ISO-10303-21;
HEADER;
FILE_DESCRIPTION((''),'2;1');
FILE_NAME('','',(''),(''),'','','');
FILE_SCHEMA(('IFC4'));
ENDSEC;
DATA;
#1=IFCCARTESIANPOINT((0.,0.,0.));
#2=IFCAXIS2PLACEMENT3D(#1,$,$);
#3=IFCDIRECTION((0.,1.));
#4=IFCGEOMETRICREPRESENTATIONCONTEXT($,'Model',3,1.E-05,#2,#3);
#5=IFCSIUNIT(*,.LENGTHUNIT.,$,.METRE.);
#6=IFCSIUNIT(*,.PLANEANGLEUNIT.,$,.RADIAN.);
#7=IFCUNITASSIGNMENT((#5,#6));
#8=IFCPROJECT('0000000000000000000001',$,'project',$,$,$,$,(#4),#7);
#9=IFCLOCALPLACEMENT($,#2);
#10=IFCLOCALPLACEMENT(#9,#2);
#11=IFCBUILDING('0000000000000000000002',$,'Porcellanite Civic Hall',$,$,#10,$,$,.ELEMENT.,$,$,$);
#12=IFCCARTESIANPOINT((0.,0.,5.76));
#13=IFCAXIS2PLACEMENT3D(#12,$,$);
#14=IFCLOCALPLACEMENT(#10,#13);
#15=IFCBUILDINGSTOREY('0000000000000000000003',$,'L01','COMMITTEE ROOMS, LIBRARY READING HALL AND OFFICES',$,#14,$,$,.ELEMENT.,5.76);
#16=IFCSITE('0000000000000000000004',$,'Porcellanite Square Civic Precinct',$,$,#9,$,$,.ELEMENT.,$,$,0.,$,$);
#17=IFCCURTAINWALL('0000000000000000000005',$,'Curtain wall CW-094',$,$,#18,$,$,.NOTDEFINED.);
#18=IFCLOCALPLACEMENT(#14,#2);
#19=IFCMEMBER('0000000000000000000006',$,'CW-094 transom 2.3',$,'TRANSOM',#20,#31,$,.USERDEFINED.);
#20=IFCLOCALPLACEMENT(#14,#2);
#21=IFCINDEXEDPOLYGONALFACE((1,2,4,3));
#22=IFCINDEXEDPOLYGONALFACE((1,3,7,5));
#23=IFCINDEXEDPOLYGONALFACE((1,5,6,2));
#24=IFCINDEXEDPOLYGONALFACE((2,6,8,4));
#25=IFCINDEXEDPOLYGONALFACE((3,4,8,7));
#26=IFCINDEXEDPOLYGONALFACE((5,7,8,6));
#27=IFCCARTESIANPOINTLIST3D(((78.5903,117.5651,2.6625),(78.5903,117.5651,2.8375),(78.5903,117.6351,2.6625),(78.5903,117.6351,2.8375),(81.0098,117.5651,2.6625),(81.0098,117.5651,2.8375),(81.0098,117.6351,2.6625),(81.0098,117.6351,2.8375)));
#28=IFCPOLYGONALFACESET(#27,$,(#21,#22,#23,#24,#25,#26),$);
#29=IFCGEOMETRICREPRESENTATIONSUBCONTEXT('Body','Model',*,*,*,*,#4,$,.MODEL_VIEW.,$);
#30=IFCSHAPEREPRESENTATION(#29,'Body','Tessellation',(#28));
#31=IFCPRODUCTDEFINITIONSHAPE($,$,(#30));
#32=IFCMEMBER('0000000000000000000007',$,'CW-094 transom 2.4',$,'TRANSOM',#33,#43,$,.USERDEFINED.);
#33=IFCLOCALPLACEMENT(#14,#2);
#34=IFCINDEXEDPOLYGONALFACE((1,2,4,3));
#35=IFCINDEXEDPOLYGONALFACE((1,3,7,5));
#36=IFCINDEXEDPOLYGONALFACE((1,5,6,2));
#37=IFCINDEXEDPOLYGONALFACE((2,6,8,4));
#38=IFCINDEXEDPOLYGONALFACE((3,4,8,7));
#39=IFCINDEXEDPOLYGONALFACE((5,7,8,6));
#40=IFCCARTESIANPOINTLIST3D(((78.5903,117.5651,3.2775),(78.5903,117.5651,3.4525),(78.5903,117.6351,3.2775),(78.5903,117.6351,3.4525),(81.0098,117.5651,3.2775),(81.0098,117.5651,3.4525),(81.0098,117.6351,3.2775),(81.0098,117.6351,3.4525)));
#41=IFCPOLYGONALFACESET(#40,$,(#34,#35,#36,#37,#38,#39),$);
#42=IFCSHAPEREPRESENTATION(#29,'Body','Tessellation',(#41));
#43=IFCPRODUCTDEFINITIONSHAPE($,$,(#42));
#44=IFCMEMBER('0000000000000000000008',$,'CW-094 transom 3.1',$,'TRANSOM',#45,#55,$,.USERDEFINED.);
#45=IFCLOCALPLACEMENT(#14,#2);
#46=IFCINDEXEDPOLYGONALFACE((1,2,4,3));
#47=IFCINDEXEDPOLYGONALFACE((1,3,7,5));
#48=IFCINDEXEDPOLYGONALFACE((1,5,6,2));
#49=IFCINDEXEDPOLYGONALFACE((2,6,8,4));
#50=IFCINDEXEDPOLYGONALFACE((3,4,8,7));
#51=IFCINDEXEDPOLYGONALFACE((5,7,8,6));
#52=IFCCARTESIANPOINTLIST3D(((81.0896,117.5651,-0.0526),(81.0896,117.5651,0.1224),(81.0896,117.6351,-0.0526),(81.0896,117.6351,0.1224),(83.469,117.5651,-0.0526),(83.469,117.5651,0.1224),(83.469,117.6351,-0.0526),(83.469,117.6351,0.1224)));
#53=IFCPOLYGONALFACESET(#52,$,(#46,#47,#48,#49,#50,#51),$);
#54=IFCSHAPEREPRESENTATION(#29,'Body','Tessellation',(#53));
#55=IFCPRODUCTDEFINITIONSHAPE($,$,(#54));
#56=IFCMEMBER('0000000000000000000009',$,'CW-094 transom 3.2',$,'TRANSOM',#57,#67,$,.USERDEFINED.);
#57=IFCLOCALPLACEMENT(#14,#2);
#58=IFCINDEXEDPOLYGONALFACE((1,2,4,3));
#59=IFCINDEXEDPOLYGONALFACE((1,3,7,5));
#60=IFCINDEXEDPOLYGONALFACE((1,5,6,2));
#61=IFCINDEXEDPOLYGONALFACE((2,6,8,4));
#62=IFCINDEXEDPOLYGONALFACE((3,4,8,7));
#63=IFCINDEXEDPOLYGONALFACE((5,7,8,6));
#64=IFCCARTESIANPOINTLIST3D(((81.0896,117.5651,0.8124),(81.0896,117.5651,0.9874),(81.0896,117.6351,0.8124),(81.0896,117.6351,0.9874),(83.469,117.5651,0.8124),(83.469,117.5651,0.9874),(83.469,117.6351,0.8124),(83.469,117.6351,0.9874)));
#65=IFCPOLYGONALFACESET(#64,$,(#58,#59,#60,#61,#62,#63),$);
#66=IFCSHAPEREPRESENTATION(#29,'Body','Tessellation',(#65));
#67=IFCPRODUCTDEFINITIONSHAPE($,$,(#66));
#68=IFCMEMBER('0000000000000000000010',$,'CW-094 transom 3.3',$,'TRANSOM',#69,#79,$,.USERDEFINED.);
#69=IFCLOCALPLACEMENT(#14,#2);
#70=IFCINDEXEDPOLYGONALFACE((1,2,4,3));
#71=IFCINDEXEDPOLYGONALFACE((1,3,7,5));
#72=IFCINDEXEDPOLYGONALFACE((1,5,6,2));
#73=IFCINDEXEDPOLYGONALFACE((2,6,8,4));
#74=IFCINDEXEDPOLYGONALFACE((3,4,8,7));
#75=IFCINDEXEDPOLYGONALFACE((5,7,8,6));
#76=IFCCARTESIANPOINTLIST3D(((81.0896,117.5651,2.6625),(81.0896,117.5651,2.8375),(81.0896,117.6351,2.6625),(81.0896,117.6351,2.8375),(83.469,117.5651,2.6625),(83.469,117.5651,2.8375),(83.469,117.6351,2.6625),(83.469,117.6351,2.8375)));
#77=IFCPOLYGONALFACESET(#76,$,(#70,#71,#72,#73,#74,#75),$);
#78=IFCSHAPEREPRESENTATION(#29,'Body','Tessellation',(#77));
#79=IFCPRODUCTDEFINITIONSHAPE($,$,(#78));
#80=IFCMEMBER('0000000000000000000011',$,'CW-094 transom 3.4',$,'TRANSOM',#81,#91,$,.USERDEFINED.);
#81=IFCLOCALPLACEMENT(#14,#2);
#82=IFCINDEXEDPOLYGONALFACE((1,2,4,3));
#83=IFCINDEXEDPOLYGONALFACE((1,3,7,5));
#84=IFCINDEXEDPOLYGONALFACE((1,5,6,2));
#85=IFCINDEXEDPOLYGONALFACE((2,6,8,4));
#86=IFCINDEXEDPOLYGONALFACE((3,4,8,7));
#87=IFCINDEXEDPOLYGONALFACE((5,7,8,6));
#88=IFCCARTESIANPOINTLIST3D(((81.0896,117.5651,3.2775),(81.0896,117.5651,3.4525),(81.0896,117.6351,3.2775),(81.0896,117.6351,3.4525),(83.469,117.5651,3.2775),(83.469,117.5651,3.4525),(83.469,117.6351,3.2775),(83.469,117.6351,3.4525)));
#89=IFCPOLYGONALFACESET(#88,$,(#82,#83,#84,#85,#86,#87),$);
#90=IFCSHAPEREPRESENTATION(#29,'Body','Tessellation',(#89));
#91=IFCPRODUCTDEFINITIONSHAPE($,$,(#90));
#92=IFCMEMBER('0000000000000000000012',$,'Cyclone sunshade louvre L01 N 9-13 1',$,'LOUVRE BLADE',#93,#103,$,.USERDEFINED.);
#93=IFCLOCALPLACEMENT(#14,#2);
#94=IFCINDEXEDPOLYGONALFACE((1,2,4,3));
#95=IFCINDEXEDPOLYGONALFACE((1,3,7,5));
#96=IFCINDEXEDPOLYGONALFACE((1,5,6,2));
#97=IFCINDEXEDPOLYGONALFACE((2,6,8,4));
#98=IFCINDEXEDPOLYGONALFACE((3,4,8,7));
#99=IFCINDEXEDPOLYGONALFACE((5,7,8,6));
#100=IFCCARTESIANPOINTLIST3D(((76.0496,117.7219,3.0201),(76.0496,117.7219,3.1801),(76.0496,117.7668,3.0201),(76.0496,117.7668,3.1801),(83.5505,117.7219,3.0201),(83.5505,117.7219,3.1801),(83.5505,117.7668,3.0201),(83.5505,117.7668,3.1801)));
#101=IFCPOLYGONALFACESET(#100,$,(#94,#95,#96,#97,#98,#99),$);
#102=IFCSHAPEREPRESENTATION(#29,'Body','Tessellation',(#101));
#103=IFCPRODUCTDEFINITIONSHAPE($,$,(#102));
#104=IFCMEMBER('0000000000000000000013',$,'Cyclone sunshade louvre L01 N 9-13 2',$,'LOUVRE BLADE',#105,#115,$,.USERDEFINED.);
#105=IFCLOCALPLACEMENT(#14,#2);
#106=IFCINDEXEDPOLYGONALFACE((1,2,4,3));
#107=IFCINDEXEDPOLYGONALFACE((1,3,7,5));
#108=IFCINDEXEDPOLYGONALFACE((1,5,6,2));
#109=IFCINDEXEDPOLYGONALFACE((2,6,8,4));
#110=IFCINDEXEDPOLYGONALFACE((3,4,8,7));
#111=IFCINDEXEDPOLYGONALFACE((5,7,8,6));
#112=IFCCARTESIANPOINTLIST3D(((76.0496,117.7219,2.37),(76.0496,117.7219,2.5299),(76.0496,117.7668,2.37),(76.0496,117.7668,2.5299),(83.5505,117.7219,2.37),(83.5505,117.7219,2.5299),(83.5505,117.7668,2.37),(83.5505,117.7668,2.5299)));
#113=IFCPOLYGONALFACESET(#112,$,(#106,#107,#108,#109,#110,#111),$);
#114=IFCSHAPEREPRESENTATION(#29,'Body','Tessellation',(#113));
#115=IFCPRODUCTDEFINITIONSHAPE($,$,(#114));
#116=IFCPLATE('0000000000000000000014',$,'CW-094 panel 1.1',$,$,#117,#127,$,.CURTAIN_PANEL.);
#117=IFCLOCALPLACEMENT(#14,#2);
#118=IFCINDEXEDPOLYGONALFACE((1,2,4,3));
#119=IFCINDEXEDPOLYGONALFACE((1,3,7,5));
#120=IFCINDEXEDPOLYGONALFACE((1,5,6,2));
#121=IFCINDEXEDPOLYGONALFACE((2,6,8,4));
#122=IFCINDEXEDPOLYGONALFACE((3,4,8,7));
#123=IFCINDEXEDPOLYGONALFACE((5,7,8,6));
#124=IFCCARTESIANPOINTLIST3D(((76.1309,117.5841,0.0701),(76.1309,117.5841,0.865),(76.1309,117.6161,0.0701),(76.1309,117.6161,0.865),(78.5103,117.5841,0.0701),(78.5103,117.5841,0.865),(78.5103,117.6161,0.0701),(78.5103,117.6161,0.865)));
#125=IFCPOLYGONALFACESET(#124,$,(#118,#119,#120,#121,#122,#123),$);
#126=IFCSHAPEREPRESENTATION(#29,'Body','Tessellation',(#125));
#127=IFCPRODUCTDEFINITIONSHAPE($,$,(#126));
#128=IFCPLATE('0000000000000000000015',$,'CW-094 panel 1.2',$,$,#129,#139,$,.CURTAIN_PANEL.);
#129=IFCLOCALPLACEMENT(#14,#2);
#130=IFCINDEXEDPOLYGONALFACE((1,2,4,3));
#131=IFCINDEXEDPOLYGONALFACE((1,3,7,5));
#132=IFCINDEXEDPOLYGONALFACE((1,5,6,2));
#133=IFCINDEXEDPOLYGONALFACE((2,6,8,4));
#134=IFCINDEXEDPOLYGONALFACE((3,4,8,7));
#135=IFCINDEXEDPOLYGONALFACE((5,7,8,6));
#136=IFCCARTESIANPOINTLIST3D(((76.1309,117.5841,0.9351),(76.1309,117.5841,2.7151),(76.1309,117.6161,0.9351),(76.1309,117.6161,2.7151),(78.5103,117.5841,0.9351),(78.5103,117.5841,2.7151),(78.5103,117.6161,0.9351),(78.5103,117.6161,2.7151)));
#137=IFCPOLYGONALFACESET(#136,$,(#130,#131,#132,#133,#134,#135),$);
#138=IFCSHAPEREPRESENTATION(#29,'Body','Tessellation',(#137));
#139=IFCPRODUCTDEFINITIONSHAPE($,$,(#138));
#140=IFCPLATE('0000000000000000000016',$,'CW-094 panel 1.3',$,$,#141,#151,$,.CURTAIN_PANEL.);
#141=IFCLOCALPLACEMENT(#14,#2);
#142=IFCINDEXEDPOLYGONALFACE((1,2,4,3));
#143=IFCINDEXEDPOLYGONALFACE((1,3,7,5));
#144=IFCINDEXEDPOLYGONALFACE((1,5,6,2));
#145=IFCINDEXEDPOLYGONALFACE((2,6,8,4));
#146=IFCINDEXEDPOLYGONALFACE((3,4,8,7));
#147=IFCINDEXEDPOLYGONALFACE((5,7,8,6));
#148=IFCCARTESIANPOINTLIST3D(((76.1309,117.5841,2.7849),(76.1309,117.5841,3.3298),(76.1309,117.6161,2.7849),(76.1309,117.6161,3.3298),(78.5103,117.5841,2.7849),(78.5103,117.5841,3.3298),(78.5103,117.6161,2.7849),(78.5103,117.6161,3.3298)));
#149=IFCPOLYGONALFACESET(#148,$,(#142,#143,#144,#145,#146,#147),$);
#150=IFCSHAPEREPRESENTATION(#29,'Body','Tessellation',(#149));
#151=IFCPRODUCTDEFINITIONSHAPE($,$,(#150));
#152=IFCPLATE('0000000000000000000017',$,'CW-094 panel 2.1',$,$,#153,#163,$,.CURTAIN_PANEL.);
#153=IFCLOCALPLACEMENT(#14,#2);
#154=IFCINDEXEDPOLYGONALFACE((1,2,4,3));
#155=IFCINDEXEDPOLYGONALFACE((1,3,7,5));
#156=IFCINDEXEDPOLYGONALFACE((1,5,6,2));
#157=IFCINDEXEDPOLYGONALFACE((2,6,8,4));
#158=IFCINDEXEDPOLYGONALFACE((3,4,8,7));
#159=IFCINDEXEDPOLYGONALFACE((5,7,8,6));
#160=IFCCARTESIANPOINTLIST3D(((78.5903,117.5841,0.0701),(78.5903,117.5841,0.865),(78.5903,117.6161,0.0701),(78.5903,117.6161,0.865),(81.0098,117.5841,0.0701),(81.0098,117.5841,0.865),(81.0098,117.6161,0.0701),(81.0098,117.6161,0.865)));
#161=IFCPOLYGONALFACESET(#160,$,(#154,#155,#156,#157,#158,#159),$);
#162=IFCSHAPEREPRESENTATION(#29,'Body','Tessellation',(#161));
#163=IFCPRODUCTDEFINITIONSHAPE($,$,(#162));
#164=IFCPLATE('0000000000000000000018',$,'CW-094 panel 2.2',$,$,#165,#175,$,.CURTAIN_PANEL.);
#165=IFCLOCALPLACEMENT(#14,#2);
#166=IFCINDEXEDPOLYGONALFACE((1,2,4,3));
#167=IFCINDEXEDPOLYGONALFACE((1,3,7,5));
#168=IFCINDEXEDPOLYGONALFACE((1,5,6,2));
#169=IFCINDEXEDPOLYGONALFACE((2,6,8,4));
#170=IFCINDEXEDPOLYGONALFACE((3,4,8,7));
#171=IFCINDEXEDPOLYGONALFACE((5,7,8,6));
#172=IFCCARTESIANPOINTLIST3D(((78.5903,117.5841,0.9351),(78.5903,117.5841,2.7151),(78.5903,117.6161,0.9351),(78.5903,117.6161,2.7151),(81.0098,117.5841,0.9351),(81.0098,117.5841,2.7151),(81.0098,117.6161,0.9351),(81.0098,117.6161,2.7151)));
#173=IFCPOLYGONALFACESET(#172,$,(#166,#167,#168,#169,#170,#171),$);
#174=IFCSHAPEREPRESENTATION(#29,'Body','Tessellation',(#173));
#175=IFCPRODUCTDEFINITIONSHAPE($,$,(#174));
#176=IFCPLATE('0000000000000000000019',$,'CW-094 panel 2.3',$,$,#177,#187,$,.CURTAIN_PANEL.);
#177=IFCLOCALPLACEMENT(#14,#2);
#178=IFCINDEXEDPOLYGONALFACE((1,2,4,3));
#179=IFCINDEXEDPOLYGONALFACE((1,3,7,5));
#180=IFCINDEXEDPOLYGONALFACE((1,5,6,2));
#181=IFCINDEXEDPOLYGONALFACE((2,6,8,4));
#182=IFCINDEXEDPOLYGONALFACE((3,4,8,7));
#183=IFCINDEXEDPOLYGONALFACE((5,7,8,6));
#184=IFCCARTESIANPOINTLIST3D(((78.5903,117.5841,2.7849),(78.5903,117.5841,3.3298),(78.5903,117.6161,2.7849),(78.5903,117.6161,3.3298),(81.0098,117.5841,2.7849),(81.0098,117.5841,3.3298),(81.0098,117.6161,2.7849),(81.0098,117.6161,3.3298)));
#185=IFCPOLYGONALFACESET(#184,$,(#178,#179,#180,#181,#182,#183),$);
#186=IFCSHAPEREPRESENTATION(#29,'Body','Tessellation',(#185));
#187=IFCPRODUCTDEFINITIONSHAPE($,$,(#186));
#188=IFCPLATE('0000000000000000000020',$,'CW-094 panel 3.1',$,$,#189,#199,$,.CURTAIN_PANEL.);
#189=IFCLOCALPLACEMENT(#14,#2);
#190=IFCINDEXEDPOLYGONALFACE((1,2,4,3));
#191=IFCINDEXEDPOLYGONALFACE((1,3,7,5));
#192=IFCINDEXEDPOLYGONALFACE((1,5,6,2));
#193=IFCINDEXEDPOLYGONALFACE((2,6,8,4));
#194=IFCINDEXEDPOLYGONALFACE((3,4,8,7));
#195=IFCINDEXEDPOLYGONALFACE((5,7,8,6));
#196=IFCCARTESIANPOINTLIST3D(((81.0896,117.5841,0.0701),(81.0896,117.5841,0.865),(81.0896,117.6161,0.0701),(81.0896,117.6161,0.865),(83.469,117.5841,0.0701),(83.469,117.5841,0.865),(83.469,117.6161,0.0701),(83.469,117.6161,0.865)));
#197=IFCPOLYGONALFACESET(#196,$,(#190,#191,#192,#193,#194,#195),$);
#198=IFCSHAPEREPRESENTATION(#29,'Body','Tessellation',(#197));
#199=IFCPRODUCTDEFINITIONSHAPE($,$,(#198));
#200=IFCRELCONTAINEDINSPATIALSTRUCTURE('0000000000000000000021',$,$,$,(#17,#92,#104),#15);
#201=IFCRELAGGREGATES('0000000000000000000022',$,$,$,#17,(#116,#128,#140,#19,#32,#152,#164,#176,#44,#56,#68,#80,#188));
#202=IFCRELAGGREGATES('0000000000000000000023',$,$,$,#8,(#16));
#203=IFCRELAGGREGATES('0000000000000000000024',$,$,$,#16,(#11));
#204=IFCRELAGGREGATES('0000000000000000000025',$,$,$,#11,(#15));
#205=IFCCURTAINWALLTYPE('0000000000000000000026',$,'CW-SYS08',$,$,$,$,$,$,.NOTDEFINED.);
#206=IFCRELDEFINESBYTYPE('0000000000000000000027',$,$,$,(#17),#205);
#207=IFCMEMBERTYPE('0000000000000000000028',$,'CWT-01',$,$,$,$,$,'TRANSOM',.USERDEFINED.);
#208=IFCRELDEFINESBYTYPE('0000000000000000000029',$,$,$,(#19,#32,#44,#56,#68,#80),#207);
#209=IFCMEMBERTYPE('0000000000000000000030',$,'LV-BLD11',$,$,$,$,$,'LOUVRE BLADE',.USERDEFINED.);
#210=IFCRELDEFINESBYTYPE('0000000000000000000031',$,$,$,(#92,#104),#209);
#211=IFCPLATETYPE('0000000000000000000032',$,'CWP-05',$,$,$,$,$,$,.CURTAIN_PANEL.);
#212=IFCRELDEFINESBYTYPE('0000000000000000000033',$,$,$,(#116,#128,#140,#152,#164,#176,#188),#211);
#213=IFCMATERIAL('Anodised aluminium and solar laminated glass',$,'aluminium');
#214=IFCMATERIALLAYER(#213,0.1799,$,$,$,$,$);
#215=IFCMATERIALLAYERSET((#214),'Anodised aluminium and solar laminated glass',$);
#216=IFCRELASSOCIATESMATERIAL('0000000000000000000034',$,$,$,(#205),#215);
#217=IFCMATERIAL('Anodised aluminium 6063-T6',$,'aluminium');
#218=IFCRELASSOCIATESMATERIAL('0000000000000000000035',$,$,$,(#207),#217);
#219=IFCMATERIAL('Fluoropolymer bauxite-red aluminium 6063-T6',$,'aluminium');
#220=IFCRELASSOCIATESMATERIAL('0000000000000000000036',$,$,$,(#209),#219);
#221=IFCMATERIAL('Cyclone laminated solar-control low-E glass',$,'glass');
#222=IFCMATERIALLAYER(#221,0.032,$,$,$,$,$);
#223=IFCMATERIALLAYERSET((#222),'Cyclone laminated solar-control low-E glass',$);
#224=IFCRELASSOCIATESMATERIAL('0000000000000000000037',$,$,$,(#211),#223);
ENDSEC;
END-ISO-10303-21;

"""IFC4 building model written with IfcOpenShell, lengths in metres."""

from ifc_helpers import new_model, si_unit, direction, frame, origin, origin_2d, place, context, subcontext, project, spatial, rectangle, extrude, material, layer, layer_set, material_profile, profile_set, type_object, element, aggregate, save


model = new_model("IFC4")

# Units and contexts
model_context = context("Model", 3, precision=1e-05, world=origin(), true_north=direction((0.0, 1.0)))
body_context = subcontext(model_context, "Body", "Model", "MODEL_VIEW")
ifc_project = project(units=[si_unit("LENGTHUNIT", "METRE"), si_unit("PLANEANGLEUNIT", "RADIAN")], contexts=[model_context])

# Site, building, storey
site_placement = place(None, origin())
site = spatial("IfcSite", under=ifc_project, at=site_placement, Name="Porcellanite Square Civic Precinct", CompositionType="ELEMENT", RefElevation=0.0)
building_placement = place(site_placement, origin())
building = spatial("IfcBuilding", under=site, at=building_placement, Name="Porcellanite Civic Hall", CompositionType="ELEMENT")
storey_placement = place(building_placement, frame((0.0, 0.0, 5.76)))
storey = spatial("IfcBuildingStorey", under=building, at=storey_placement, Name="L01", Description="COMMITTEE ROOMS, LIBRARY READING HALL AND OFFICES", CompositionType="ELEMENT", Elevation=5.76)

# Curtain wall, members
ifc_material_1 = material(Name="Anodised aluminium and solar laminated glass", Category="aluminium")
ifc_layer_1 = layer(ifc_material_1, 0.1799)
ifc_layer_set_1 = layer_set([ifc_layer_1], Name="Anodised aluminium and solar laminated glass")
curtain_wall_type = type_object("IfcCurtainWallType", Name="CW-SYS08", PredefinedType="NOTDEFINED", material=ifc_layer_set_1)
curtain_wall_placement = place(storey_placement, origin())
curtain_wall = element("IfcCurtainWall", 1, at=curtain_wall_placement, inside=storey, type_object=curtain_wall_type, Name="Curtain wall CW-094", PredefinedType="NOTDEFINED")
ifc_material_2 = material(Name="Anodised aluminium 6063-T6", Category="aluminium")
ifc_material_profile_1 = material_profile(ifc_material_2, rectangle(XDim=0.0701, YDim=0.175, at=origin_2d()), Name="AL-70x175")
ifc_profile_set_1 = profile_set([ifc_material_profile_1], Name="Anodised aluminium 6063-T6")
member_type_1 = type_object("IfcMemberType", Name="CWT-01", ElementType="TRANSOM", PredefinedType="USERDEFINED", material=ifc_profile_set_1)
member_1_placement = place(storey_placement, frame((78.5903, 117.6001, 2.75), z_axis=(1.0, 0.0, 0.0), x_axis=(0.0, 1.0, 0.0)))
member_1 = element("IfcMember", 2, at=member_1_placement, type_object=member_type_1, Name="CW-094 transom 2.3", ObjectType="TRANSOM", PredefinedType="USERDEFINED", context=body_context, shape_type="SweptSolid", body=[
    extrude(rectangle(XDim=0.0701, YDim=0.175, at=origin_2d()), origin(), (0.0, 0.0, 1.0), 2.4194),
])
member_2_placement = place(storey_placement, frame((78.5903, 117.6001, 3.365), z_axis=(1.0, 0.0, 0.0), x_axis=(0.0, 1.0, 0.0)))
member_2 = element("IfcMember", 3, at=member_2_placement, type_object=member_type_1, Name="CW-094 transom 2.4", ObjectType="TRANSOM", PredefinedType="USERDEFINED", context=body_context, shape_type="SweptSolid", body=[
    extrude(rectangle(XDim=0.0701, YDim=0.175, at=origin_2d()), origin(), (0.0, 0.0, 1.0), 2.4194),
])
member_3_placement = place(storey_placement, frame((81.0896, 117.6001, 0.0349), z_axis=(1.0, 0.0, 0.0), x_axis=(0.0, 1.0, 0.0)))
member_3 = element("IfcMember", 4, at=member_3_placement, type_object=member_type_1, Name="CW-094 transom 3.1", ObjectType="TRANSOM", PredefinedType="USERDEFINED", context=body_context, shape_type="SweptSolid", body=[
    extrude(rectangle(XDim=0.0701, YDim=0.175, at=origin_2d()), origin(), (0.0, 0.0, 1.0), 2.3794),
])
member_4_placement = place(storey_placement, frame((81.0896, 117.6001, 0.8999), z_axis=(1.0, 0.0, 0.0), x_axis=(0.0, 1.0, 0.0)))
member_4 = element("IfcMember", 5, at=member_4_placement, type_object=member_type_1, Name="CW-094 transom 3.2", ObjectType="TRANSOM", PredefinedType="USERDEFINED", context=body_context, shape_type="SweptSolid", body=[
    extrude(rectangle(XDim=0.0701, YDim=0.175, at=origin_2d()), origin(), (0.0, 0.0, 1.0), 2.3794),
])
member_5_placement = place(storey_placement, frame((81.0896, 117.6001, 2.75), z_axis=(1.0, 0.0, 0.0), x_axis=(0.0, 1.0, 0.0)))
member_5 = element("IfcMember", 6, at=member_5_placement, type_object=member_type_1, Name="CW-094 transom 3.3", ObjectType="TRANSOM", PredefinedType="USERDEFINED", context=body_context, shape_type="SweptSolid", body=[
    extrude(rectangle(XDim=0.0701, YDim=0.175, at=origin_2d()), origin(), (0.0, 0.0, 1.0), 2.3794),
])
member_6_placement = place(storey_placement, frame((81.0896, 117.6001, 3.365), z_axis=(1.0, 0.0, 0.0), x_axis=(0.0, 1.0, 0.0)))
member_6 = element("IfcMember", 7, at=member_6_placement, type_object=member_type_1, Name="CW-094 transom 3.4", ObjectType="TRANSOM", PredefinedType="USERDEFINED", context=body_context, shape_type="SweptSolid", body=[
    extrude(rectangle(XDim=0.0701, YDim=0.175, at=origin_2d()), origin(), (0.0, 0.0, 1.0), 2.3794),
])

# Members
ifc_material_3 = material(Name="Fluoropolymer bauxite-red aluminium 6063-T6", Category="aluminium")
ifc_material_profile_2 = material_profile(ifc_material_3, rectangle(XDim=0.0449, YDim=0.1599, at=origin_2d()), Name="AL-45x160")
ifc_profile_set_2 = profile_set([ifc_material_profile_2], Name="Fluoropolymer bauxite-red aluminium 6063-T6")
member_type_2 = type_object("IfcMemberType", Name="LV-BLD11", ElementType="LOUVRE BLADE", PredefinedType="USERDEFINED", material=ifc_profile_set_2)
for number, where, z_axis, x_axis, name in (
    (8, (76.0496, 117.7444, 3.1001), (1.0, 0.0, 0.0), (0.0, 1.0, 0.0), "Cyclone sunshade louvre L01 N 9-13 1"),
    (9, (76.0496, 117.7444, 2.45), (1.0, 0.0, 0.0), (0.0, 1.0, 0.0), "Cyclone sunshade louvre L01 N 9-13 2"),
):
    element("IfcMember", number, at=place(storey_placement, frame(where, z_axis=z_axis, x_axis=x_axis)), inside=storey, type_object=member_type_2, Name=name, ObjectType="LOUVRE BLADE", PredefinedType="USERDEFINED", context=body_context, shape_type="SweptSolid", body=[
        extrude(rectangle(XDim=0.0449, YDim=0.1599, at=origin_2d()), origin(), (0.0, 0.0, 1.0), 7.501),
    ])

# Plates
ifc_material_4 = material(Name="Cyclone laminated solar-control low-E glass", Category="glass")
ifc_layer_2 = layer(ifc_material_4, 0.032)
ifc_layer_set_2 = layer_set([ifc_layer_2], Name="Cyclone laminated solar-control low-E glass")
plate_type = type_object("IfcPlateType", Name="CWP-05", PredefinedType="CURTAIN_PANEL", material=ifc_layer_set_2)
plate_1_placement = place(storey_placement, frame((77.3206, 117.6001, 0.0701), z_axis=(0.0, 0.0, 1.0), x_axis=(1.0, 0.0, 0.0)))
plate_1 = element("IfcPlate", 10, at=plate_1_placement, type_object=plate_type, Name="CW-094 panel 1.1", PredefinedType="CURTAIN_PANEL", context=body_context, shape_type="SweptSolid", body=[
    extrude(rectangle(XDim=2.3794, YDim=0.032, at=origin_2d()), origin(), (0.0, 0.0, 1.0), 0.7949),
])
plate_2_placement = place(storey_placement, frame((77.3206, 117.6001, 0.9351), z_axis=(0.0, 0.0, 1.0), x_axis=(1.0, 0.0, 0.0)))
plate_2 = element("IfcPlate", 11, at=plate_2_placement, type_object=plate_type, Name="CW-094 panel 1.2", PredefinedType="CURTAIN_PANEL", context=body_context, shape_type="SweptSolid", body=[
    extrude(rectangle(XDim=2.3794, YDim=0.032, at=origin_2d()), origin(), (0.0, 0.0, 1.0), 1.78),
])
plate_3_placement = place(storey_placement, frame((77.3206, 117.6001, 2.7849), z_axis=(0.0, 0.0, 1.0), x_axis=(1.0, 0.0, 0.0)))
plate_3 = element("IfcPlate", 12, at=plate_3_placement, type_object=plate_type, Name="CW-094 panel 1.3", PredefinedType="CURTAIN_PANEL", context=body_context, shape_type="SweptSolid", body=[
    extrude(rectangle(XDim=2.3794, YDim=0.032, at=origin_2d()), origin(), (0.0, 0.0, 1.0), 0.5449),
])
plate_4_placement = place(storey_placement, frame((79.8, 117.6001, 0.0701), z_axis=(0.0, 0.0, 1.0), x_axis=(1.0, 0.0, 0.0)))
plate_4 = element("IfcPlate", 13, at=plate_4_placement, type_object=plate_type, Name="CW-094 panel 2.1", PredefinedType="CURTAIN_PANEL", context=body_context, shape_type="SweptSolid", body=[
    extrude(rectangle(XDim=2.4194, YDim=0.032, at=origin_2d()), origin(), (0.0, 0.0, 1.0), 0.7949),
])
plate_5_placement = place(storey_placement, frame((79.8, 117.6001, 0.9351), z_axis=(0.0, 0.0, 1.0), x_axis=(1.0, 0.0, 0.0)))
plate_5 = element("IfcPlate", 14, at=plate_5_placement, type_object=plate_type, Name="CW-094 panel 2.2", PredefinedType="CURTAIN_PANEL", context=body_context, shape_type="SweptSolid", body=[
    extrude(rectangle(XDim=2.4194, YDim=0.032, at=origin_2d()), origin(), (0.0, 0.0, 1.0), 1.78),
])
plate_6_placement = place(storey_placement, frame((79.8, 117.6001, 2.7849), z_axis=(0.0, 0.0, 1.0), x_axis=(1.0, 0.0, 0.0)))
plate_6 = element("IfcPlate", 15, at=plate_6_placement, type_object=plate_type, Name="CW-094 panel 2.3", PredefinedType="CURTAIN_PANEL", context=body_context, shape_type="SweptSolid", body=[
    extrude(rectangle(XDim=2.4194, YDim=0.032, at=origin_2d()), origin(), (0.0, 0.0, 1.0), 0.5449),
])
plate_7_placement = place(storey_placement, frame((82.2793, 117.6001, 0.0701), z_axis=(0.0, 0.0, 1.0), x_axis=(1.0, 0.0, 0.0)))
plate_7 = element("IfcPlate", 16, at=plate_7_placement, type_object=plate_type, Name="CW-094 panel 3.1", PredefinedType="CURTAIN_PANEL", context=body_context, shape_type="SweptSolid", body=[
    extrude(rectangle(XDim=2.3794, YDim=0.032, at=origin_2d()), origin(), (0.0, 0.0, 1.0), 0.7949),
])
aggregate(curtain_wall, [plate_1, plate_2, plate_3, member_1, member_2, plate_4, plate_5, plate_6, member_3, member_4, member_5, member_6, plate_7])

save(model, "model.ifc")
